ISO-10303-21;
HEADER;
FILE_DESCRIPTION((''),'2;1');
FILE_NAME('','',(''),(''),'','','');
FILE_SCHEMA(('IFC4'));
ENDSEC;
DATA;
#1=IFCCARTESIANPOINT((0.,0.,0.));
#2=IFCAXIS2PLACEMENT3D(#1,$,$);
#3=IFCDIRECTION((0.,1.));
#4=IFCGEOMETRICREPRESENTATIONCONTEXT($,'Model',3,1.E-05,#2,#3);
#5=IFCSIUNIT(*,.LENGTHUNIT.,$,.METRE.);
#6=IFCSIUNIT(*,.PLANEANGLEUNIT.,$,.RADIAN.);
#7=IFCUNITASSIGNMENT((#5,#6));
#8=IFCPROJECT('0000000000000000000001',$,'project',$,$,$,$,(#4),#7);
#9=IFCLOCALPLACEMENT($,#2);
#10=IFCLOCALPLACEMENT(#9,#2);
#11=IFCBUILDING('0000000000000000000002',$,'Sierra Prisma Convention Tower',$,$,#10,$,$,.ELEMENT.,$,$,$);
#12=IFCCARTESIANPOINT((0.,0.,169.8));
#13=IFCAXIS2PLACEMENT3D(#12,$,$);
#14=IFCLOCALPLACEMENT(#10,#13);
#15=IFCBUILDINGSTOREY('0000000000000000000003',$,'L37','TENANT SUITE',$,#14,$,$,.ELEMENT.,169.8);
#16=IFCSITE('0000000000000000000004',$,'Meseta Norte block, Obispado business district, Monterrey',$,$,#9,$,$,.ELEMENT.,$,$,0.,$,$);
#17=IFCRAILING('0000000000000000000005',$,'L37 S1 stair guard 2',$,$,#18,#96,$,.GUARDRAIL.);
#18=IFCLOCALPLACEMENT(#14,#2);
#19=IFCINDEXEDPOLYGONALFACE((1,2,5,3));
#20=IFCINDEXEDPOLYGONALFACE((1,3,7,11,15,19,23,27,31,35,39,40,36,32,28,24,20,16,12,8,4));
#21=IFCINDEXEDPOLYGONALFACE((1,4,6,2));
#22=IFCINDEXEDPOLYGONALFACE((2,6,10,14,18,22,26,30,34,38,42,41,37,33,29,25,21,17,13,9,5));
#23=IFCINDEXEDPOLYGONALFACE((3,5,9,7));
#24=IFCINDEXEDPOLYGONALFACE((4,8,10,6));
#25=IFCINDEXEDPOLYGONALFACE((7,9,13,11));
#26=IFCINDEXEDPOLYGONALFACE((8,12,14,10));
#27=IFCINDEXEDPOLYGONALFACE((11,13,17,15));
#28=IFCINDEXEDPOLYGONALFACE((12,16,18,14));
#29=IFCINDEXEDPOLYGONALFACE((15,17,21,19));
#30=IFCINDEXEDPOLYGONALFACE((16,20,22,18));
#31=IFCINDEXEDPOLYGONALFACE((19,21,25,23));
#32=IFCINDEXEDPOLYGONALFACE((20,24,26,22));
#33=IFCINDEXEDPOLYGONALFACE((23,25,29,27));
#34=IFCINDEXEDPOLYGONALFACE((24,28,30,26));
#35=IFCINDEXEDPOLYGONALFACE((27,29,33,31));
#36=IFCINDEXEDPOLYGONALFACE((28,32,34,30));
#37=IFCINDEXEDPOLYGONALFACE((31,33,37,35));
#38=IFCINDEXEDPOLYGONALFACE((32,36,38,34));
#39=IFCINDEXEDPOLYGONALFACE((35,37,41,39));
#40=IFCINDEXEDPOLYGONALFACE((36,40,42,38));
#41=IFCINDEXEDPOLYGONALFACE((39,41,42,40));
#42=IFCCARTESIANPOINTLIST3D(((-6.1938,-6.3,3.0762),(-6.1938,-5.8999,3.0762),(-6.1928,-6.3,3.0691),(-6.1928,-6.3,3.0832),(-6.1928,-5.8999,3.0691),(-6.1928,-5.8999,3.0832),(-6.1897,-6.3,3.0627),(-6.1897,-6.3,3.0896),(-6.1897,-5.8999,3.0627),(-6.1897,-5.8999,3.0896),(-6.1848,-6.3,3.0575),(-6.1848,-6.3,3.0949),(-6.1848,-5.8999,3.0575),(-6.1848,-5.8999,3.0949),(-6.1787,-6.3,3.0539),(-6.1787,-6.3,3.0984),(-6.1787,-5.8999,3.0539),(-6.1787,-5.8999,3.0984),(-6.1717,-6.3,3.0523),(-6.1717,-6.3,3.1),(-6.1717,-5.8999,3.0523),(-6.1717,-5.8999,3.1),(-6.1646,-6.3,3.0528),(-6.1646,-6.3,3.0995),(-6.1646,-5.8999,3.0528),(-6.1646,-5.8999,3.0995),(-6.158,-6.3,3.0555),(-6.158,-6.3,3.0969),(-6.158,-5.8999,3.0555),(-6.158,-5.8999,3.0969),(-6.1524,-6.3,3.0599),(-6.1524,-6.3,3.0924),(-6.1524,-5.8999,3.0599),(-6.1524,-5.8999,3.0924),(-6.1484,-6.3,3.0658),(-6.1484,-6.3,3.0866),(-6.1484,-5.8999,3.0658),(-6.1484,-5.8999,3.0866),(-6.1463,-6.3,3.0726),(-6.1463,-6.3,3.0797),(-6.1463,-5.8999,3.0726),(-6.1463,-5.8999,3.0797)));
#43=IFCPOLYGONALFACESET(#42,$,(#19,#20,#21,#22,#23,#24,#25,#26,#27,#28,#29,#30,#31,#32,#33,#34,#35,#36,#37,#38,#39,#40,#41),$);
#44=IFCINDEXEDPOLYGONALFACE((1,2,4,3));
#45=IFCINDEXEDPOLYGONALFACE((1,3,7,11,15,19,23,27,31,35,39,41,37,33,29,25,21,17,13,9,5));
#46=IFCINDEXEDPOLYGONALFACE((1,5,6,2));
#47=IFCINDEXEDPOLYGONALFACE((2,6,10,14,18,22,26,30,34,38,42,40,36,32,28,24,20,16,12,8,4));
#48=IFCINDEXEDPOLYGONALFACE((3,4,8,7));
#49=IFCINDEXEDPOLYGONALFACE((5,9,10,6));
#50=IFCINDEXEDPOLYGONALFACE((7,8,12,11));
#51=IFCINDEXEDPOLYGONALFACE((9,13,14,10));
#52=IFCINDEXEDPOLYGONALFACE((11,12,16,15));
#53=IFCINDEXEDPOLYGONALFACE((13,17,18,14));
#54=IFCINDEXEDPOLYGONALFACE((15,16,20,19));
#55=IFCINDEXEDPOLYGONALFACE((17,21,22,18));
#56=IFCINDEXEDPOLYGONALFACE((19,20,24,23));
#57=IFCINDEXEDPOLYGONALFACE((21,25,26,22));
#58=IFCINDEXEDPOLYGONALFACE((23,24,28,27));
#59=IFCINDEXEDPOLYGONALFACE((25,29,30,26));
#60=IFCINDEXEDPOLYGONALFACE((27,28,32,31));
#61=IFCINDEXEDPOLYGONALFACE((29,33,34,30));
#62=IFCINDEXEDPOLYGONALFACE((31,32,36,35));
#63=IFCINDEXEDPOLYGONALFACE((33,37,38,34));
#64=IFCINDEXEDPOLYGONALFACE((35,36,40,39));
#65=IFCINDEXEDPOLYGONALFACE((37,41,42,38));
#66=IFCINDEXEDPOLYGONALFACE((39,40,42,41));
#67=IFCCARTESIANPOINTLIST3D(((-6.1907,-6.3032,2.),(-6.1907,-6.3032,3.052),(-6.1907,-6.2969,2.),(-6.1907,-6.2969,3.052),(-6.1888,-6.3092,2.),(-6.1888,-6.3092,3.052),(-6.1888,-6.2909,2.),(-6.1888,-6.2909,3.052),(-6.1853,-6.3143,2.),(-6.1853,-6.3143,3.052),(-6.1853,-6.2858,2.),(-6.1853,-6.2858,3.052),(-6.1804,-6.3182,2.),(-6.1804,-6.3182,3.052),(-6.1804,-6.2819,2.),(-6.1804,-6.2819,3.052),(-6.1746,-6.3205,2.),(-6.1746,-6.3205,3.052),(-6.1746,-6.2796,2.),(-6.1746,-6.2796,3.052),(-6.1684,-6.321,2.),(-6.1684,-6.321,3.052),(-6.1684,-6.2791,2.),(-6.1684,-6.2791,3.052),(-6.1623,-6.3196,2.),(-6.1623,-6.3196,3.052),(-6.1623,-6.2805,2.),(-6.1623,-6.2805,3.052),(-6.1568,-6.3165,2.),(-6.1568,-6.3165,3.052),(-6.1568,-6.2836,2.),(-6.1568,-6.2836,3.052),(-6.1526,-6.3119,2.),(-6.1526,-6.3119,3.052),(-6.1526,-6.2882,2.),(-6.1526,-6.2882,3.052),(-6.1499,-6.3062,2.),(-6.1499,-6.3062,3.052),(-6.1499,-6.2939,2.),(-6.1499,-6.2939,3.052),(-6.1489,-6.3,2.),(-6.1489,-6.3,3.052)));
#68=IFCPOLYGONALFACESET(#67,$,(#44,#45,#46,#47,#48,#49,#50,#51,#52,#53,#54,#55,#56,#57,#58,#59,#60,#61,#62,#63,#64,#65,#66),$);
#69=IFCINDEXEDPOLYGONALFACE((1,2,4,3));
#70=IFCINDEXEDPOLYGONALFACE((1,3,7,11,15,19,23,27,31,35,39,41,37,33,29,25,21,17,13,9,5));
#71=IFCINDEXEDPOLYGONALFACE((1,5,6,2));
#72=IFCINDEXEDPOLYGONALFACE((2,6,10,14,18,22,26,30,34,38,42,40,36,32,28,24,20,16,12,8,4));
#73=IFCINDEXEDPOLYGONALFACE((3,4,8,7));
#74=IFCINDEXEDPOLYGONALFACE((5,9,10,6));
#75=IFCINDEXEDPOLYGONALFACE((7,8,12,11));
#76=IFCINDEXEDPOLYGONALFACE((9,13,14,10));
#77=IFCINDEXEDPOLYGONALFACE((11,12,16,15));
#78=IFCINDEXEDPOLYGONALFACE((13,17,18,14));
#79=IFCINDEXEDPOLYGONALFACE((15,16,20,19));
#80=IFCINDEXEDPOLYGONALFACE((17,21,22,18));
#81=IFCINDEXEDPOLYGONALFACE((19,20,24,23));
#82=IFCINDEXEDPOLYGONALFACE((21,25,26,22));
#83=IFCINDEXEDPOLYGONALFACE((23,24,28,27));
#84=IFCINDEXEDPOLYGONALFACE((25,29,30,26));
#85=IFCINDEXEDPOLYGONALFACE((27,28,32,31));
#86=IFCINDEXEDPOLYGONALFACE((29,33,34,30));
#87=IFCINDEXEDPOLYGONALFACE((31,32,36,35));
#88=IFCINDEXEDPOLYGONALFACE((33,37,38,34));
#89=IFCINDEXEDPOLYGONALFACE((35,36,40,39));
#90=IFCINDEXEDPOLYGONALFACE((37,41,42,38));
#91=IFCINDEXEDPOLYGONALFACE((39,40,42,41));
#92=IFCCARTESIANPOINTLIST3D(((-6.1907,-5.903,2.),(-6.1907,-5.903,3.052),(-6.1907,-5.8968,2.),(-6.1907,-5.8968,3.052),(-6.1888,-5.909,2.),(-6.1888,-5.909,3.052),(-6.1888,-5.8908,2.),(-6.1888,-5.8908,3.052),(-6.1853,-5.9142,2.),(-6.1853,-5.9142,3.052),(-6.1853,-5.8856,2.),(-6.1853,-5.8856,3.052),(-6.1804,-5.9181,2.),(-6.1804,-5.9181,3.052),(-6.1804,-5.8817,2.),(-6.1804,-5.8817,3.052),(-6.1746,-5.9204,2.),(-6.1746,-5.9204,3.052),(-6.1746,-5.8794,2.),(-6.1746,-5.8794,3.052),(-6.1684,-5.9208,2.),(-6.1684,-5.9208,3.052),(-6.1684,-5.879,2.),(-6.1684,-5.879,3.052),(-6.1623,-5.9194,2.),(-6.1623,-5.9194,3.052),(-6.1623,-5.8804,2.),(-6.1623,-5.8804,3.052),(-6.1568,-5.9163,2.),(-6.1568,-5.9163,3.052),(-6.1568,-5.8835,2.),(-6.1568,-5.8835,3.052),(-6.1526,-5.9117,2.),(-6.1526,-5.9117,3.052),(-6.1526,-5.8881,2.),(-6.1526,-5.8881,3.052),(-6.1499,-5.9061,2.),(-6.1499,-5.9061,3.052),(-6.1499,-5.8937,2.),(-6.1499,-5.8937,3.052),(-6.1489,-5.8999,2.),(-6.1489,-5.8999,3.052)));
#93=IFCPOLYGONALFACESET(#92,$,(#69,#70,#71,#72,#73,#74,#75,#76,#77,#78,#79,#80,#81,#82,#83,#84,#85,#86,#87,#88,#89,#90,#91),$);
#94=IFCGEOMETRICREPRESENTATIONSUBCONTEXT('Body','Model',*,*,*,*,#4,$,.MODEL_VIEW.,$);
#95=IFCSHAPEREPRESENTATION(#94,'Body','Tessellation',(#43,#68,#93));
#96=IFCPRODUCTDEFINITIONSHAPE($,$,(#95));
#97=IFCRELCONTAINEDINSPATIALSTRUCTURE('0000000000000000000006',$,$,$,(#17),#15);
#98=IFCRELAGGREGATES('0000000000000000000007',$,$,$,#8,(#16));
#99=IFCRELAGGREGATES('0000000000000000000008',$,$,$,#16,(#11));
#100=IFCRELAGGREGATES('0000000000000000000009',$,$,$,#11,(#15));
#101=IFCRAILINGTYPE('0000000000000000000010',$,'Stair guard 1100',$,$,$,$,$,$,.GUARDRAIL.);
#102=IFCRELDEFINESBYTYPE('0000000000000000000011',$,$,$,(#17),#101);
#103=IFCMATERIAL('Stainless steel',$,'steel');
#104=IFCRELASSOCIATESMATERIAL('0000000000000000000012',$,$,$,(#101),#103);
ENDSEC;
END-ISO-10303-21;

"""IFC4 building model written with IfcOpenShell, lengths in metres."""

from ifc_helpers import new_model, si_unit, direction, frame, origin, origin_2d, place, context, subcontext, project, spatial, circle, extrude, material, type_object, element, save


model = new_model("IFC4")

# Units and contexts
model_context = context("Model", 3, precision=1e-05, world=origin(), true_north=direction((0.0, 1.0)))
body_context = subcontext(model_context, "Body", "Model", "MODEL_VIEW")
ifc_project = project(units=[si_unit("LENGTHUNIT", "METRE"), si_unit("PLANEANGLEUNIT", "RADIAN")], contexts=[model_context])

# Site, building, storey
site_placement = place(None, origin())
site = spatial("IfcSite", under=ifc_project, at=site_placement, Name="Meseta Norte block, Obispado business district, Monterrey", CompositionType="ELEMENT", RefElevation=0.0)
building_placement = place(site_placement, origin())
building = spatial("IfcBuilding", under=site, at=building_placement, Name="Sierra Prisma Convention Tower", CompositionType="ELEMENT")
storey_placement = place(building_placement, frame((0.0, 0.0, 169.8)))
storey = spatial("IfcBuildingStorey", under=building, at=storey_placement, Name="L37", Description="TENANT SUITE", CompositionType="ELEMENT", Elevation=169.8)

# Railing
ifc_material_1 = material(Name="Stainless steel", Category="steel")
railing_type_1 = type_object("IfcRailingType", Name="Stair guard 1100", PredefinedType="GUARDRAIL", material=ifc_material_1)
railing_1_placement = place(storey_placement, frame((-6.1699, -6.3, 2.0)))
element("IfcRailing", 1, at=railing_1_placement, inside=storey, type_object=railing_type_1, Name="L37 S1 stair guard 2", PredefinedType="GUARDRAIL", context=body_context, shape_type="SweptSolid", body=[
    extrude(circle(Radius=0.0239, at=origin_2d()), frame((0.0, 0.0, 1.0762), z_axis=(0.0, 1.0, 0.0), x_axis=(-1.0, 0.0, 0.0)), (0.0, 0.0, 1.0), 0.4001),
    extrude(circle(Radius=0.021, at=origin_2d()), origin(), (0.0, 0.0, 1.0), 1.052),
    extrude(circle(Radius=0.021, at=origin_2d()), frame((0.0, 0.4001, 0.0)), (0.0, 0.0, 1.0), 1.052),
])

save(model, "model.ifc")
